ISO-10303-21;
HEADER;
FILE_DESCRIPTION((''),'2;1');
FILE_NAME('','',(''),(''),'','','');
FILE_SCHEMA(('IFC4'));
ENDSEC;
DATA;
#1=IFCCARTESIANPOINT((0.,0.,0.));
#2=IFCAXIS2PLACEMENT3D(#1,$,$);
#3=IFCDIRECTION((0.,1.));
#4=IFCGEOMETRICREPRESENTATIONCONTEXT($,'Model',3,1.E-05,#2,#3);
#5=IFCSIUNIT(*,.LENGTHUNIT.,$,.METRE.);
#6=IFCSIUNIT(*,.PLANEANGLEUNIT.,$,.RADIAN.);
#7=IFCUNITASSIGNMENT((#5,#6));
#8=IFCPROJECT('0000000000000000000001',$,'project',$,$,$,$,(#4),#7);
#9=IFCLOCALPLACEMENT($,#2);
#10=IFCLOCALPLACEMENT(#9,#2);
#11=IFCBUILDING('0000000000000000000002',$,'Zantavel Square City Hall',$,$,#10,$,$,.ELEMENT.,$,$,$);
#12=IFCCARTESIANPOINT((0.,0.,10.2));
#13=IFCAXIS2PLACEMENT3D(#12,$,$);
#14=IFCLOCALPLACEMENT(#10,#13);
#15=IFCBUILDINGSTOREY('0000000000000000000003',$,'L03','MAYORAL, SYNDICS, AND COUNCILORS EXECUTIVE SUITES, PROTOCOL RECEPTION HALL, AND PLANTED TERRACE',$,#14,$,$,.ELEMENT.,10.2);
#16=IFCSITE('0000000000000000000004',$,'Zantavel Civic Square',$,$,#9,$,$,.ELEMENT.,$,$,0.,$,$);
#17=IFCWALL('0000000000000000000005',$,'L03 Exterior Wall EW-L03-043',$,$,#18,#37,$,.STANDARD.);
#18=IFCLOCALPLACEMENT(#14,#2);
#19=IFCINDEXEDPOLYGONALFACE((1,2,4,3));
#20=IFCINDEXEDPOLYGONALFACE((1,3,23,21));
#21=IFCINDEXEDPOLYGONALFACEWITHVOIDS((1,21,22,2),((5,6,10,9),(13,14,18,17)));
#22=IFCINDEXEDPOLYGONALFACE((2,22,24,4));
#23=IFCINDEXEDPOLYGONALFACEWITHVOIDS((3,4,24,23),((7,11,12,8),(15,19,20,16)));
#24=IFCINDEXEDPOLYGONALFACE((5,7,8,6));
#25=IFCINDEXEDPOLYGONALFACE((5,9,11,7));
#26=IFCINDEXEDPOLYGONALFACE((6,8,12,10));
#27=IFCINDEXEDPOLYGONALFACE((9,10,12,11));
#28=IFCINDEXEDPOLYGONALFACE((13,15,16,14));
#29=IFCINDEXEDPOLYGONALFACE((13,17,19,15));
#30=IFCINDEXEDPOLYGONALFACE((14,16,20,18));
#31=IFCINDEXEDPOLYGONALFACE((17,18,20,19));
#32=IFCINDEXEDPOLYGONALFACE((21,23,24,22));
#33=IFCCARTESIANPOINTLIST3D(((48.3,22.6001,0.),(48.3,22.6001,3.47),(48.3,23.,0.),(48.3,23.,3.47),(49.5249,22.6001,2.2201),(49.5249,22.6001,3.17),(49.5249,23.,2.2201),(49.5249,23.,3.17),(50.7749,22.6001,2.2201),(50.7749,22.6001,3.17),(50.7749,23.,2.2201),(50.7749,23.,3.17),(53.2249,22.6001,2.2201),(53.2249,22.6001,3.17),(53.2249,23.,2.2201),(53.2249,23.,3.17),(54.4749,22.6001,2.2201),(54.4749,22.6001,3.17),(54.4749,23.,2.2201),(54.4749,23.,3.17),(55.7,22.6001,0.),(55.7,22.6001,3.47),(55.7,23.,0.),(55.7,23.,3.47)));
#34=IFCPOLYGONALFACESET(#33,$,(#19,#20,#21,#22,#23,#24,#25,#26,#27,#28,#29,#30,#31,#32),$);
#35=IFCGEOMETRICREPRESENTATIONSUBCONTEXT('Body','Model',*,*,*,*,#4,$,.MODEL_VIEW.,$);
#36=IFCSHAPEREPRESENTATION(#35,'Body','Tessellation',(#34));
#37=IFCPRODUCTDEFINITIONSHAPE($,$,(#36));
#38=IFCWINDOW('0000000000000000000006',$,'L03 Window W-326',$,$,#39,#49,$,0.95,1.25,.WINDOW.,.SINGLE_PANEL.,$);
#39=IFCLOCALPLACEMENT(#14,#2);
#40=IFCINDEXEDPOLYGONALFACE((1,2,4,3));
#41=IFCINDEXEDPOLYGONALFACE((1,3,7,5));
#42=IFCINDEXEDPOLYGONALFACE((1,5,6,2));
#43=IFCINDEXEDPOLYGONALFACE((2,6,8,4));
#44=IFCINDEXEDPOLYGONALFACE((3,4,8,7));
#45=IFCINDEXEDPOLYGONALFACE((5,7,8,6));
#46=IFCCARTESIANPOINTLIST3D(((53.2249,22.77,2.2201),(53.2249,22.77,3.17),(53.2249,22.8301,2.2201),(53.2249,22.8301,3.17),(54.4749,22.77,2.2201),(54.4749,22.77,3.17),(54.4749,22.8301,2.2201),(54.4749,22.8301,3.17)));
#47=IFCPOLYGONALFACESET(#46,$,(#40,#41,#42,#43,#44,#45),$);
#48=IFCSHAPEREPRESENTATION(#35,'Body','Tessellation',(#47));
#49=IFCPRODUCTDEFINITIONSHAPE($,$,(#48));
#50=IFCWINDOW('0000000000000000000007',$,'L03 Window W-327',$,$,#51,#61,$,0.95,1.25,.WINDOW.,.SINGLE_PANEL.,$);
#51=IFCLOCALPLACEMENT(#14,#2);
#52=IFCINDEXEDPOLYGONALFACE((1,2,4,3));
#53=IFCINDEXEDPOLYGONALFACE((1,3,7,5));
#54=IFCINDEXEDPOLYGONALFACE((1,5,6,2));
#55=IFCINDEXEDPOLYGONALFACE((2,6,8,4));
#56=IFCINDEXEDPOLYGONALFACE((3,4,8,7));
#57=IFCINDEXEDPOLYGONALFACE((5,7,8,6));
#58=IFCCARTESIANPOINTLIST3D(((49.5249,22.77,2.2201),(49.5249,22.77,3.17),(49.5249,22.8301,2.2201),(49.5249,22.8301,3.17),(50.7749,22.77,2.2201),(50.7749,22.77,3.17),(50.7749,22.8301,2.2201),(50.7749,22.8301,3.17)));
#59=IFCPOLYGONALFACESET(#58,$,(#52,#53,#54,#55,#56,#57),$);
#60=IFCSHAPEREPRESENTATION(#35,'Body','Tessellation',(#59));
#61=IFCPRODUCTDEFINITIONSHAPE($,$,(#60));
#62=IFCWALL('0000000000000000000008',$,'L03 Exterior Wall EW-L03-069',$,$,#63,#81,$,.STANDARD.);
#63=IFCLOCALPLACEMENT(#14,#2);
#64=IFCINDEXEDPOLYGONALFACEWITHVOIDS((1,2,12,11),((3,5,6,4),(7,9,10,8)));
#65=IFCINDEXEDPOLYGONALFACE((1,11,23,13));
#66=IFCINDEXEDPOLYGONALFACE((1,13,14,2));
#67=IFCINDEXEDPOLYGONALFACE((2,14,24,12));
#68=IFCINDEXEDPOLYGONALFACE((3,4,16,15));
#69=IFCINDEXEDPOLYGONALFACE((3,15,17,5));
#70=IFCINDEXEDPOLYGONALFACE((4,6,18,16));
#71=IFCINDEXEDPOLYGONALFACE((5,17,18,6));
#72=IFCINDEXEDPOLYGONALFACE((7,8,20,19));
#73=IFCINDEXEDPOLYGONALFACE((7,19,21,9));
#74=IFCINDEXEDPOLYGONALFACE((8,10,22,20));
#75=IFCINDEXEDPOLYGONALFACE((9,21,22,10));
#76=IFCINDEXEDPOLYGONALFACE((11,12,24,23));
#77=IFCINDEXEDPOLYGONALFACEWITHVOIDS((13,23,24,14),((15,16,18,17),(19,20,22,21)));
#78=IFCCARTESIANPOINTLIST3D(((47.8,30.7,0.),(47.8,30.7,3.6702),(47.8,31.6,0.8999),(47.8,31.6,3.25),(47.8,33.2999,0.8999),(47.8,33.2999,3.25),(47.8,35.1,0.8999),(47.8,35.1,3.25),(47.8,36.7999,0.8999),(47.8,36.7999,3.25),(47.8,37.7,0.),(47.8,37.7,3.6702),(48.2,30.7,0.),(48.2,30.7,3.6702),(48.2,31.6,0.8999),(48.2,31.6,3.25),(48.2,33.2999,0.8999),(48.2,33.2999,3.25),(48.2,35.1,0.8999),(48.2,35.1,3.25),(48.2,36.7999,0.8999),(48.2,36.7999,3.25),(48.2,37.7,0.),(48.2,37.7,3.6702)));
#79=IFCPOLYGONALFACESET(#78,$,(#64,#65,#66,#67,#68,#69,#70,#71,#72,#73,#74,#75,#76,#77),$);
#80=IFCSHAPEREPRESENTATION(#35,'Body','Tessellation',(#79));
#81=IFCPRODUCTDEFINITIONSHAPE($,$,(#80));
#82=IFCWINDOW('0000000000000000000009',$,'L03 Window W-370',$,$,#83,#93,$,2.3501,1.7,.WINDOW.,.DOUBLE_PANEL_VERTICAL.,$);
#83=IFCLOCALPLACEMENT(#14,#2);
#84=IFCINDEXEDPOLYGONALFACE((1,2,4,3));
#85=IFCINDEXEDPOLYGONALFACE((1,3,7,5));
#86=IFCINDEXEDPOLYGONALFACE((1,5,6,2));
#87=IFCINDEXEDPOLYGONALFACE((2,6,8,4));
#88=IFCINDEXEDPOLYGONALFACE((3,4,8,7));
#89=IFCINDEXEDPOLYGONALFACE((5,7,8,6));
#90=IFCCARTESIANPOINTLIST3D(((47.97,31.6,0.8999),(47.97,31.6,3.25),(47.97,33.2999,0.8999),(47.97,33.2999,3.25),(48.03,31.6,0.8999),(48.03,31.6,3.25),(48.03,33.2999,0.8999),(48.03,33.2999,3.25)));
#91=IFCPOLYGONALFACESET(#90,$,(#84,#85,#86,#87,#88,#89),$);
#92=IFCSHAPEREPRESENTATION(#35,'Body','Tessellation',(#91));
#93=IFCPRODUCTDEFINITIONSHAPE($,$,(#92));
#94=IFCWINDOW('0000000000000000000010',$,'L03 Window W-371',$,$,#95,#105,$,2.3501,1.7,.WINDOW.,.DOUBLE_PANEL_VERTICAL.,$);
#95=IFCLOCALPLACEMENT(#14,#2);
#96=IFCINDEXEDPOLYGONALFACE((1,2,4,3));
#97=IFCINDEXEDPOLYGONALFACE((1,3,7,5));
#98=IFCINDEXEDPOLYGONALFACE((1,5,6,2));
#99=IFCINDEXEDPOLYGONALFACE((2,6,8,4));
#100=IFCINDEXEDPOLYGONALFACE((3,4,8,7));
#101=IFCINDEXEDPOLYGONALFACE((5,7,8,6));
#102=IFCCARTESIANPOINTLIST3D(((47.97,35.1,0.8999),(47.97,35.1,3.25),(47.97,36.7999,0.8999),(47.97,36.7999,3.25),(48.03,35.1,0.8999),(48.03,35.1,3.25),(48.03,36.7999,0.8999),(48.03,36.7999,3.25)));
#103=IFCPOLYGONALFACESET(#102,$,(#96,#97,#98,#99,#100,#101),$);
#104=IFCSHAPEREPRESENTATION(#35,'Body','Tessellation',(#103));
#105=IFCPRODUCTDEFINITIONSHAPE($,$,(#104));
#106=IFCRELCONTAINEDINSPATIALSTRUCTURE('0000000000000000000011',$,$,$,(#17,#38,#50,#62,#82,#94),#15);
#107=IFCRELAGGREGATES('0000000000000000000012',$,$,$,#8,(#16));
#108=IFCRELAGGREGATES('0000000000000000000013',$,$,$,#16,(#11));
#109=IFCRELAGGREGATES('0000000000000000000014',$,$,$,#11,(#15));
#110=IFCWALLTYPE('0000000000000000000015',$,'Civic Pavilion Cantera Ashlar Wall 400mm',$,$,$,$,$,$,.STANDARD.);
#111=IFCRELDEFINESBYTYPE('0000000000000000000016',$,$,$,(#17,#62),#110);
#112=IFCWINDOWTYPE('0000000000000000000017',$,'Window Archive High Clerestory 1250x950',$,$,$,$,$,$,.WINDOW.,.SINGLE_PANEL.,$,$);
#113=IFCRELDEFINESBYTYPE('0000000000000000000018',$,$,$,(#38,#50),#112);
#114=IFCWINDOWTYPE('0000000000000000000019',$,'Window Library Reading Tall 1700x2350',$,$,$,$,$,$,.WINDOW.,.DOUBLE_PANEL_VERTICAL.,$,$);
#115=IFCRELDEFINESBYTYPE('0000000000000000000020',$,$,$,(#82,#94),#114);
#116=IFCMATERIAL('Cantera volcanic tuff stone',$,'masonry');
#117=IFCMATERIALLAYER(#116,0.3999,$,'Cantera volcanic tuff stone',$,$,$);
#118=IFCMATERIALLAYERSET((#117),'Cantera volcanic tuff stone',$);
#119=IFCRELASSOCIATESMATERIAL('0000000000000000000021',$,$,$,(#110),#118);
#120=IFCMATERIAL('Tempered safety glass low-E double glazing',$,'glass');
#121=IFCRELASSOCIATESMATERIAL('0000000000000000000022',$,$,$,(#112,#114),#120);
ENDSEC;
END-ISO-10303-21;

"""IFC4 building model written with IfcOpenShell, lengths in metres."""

from ifc_helpers import new_model, si_unit, direction, frame, frame_2d, origin, place, context, subcontext, project, spatial, rectangle, extrude, material, layer, layer_set, type_object, element, fill, save


model = new_model("IFC4")

# Units and contexts
model_context = context("Model", 3, precision=1e-05, world=origin(), true_north=direction((0.0, 1.0)))
body_context = subcontext(model_context, "Body", "Model", "MODEL_VIEW")
ifc_project = project(units=[si_unit("LENGTHUNIT", "METRE"), si_unit("PLANEANGLEUNIT", "RADIAN")], contexts=[model_context])

# Site, building, storey
site_placement = place(None, origin())
site = spatial("IfcSite", under=ifc_project, at=site_placement, Name="Zantavel Civic Square", CompositionType="ELEMENT", RefElevation=0.0)
building_placement = place(site_placement, origin())
building = spatial("IfcBuilding", under=site, at=building_placement, Name="Zantavel Square City Hall", CompositionType="ELEMENT")
storey_placement = place(building_placement, frame((0.0, 0.0, 10.2)))
storey = spatial("IfcBuildingStorey", under=building, at=storey_placement, Name="L03", Description="MAYORAL, SYNDICS, AND COUNCILORS EXECUTIVE SUITES, PROTOCOL RECEPTION HALL, AND PLANTED TERRACE", CompositionType="ELEMENT", Elevation=10.2)

# Walls, openings, windows
ifc_material_1 = material(Name="Cantera volcanic tuff stone", Category="masonry")
ifc_layer = layer(ifc_material_1, 0.3999, Name="Cantera volcanic tuff stone")
ifc_layer_set = layer_set([ifc_layer], Name="Cantera volcanic tuff stone")
wall_type = type_object("IfcWallType", Name="Civic Pavilion Cantera Ashlar Wall 400mm", PredefinedType="STANDARD", material=ifc_layer_set)
wall_1_placement = place(storey_placement, frame((55.7, 22.8, 0.0), z_axis=(0.0, 0.0, 1.0), x_axis=(-1.0, 0.0, 0.0)))
wall_1 = element("IfcWall", 1, at=wall_1_placement, inside=storey, type_object=wall_type, Name="L03 Exterior Wall EW-L03-043", PredefinedType="STANDARD", context=body_context, shape_type="SweptSolid", body=[
    extrude(rectangle(XDim=7.3999, YDim=0.3999, at=frame_2d((3.7, 0.0))), origin(), (0.0, 0.0, 1.0), 3.47),
])
opening_1_placement = place(wall_1_placement, frame((1.2251, 0.0, 2.22)))
opening_1 = element("IfcOpeningElement", 2, at=opening_1_placement, cuts=wall_1, PredefinedType="OPENING", context=body_context, shape_type="SweptSolid", body=[
    extrude(rectangle(XDim=1.25, YDim=0.95, at=frame_2d((0.625, 0.4751))), frame((0.0, 0.21, 0.0), z_axis=(0.0, -1.0, 0.0), x_axis=(1.0, 0.0, 0.0)), (0.0, 0.0, 1.0), 0.4199),
])
opening_2_placement = place(wall_1_placement, frame((4.925, 0.0, 2.22)))
opening_2 = element("IfcOpeningElement", 3, at=opening_2_placement, cuts=wall_1, PredefinedType="OPENING", context=body_context, shape_type="SweptSolid", body=[
    extrude(rectangle(XDim=1.25, YDim=0.95, at=frame_2d((0.625, 0.4751))), frame((0.0, 0.21, 0.0), z_axis=(0.0, -1.0, 0.0), x_axis=(1.0, 0.0, 0.0)), (0.0, 0.0, 1.0), 0.4199),
])
ifc_material_2 = material(Name="Tempered safety glass low-E double glazing", Category="glass")
window_type_1 = type_object("IfcWindowType", Name="Window Archive High Clerestory 1250x950", PartitioningType="SINGLE_PANEL", PredefinedType="WINDOW", material=ifc_material_2)
window_1_placement = place(opening_1_placement, origin())
window_1 = element("IfcWindow", 4, at=window_1_placement, inside=storey, type_object=window_type_1, Name="L03 Window W-326", OverallHeight=0.95, OverallWidth=1.25, PartitioningType="SINGLE_PANEL", PredefinedType="WINDOW", context=body_context, shape_type="SweptSolid", body=[
    extrude(rectangle(XDim=1.25, YDim=0.95, at=frame_2d((0.625, 0.4751))), frame((0.0, 0.03, 0.0), z_axis=(0.0, -1.0, 0.0), x_axis=(1.0, 0.0, 0.0)), (0.0, 0.0, 1.0), 0.0601),
])
fill(opening_1, window_1)
window_2_placement = place(opening_2_placement, origin())
window_2 = element("IfcWindow", 5, at=window_2_placement, inside=storey, type_object=window_type_1, Name="L03 Window W-327", OverallHeight=0.95, OverallWidth=1.25, PartitioningType="SINGLE_PANEL", PredefinedType="WINDOW", context=body_context, shape_type="SweptSolid", body=[
    extrude(rectangle(XDim=1.25, YDim=0.95, at=frame_2d((0.625, 0.4751))), frame((0.0, 0.03, 0.0), z_axis=(0.0, -1.0, 0.0), x_axis=(1.0, 0.0, 0.0)), (0.0, 0.0, 1.0), 0.0601),
])
fill(opening_2, window_2)
wall_2_placement = place(storey_placement, frame((48.0, 30.7, 0.0), z_axis=(0.0, 0.0, 1.0), x_axis=(0.0, 1.0, 0.0)))
wall_2 = element("IfcWall", 6, at=wall_2_placement, inside=storey, type_object=wall_type, Name="L03 Exterior Wall EW-L03-069", PredefinedType="STANDARD", context=body_context, shape_type="SweptSolid", body=[
    extrude(rectangle(XDim=7.0, YDim=0.3999, at=frame_2d((3.5, 0.0))), origin(), (0.0, 0.0, 1.0), 3.6702),
])
opening_3_placement = place(wall_2_placement, frame((0.8999, 0.0, 0.8999)))
opening_3 = element("IfcOpeningElement", 7, at=opening_3_placement, cuts=wall_2, PredefinedType="OPENING", context=body_context, shape_type="SweptSolid", body=[
    extrude(rectangle(XDim=1.7, YDim=2.3501, at=frame_2d((0.8501, 1.175))), frame((0.0, 0.21, 0.0), z_axis=(0.0, -1.0, 0.0), x_axis=(1.0, 0.0, 0.0)), (0.0, 0.0, 1.0), 0.4199),
])
opening_4_placement = place(wall_2_placement, frame((4.3999, 0.0, 0.8999)))
opening_4 = element("IfcOpeningElement", 8, at=opening_4_placement, cuts=wall_2, PredefinedType="OPENING", context=body_context, shape_type="SweptSolid", body=[
    extrude(rectangle(XDim=1.7, YDim=2.3501, at=frame_2d((0.8501, 1.175))), frame((0.0, 0.21, 0.0), z_axis=(0.0, -1.0, 0.0), x_axis=(1.0, 0.0, 0.0)), (0.0, 0.0, 1.0), 0.4199),
])
window_type_2 = type_object("IfcWindowType", Name="Window Library Reading Tall 1700x2350", PartitioningType="DOUBLE_PANEL_VERTICAL", PredefinedType="WINDOW", material=ifc_material_2)
window_3_placement = place(opening_3_placement, origin())
window_3 = element("IfcWindow", 9, at=window_3_placement, inside=storey, type_object=window_type_2, Name="L03 Window W-370", OverallHeight=2.3501, OverallWidth=1.7, PartitioningType="DOUBLE_PANEL_VERTICAL", PredefinedType="WINDOW", context=body_context, shape_type="SweptSolid", body=[
    extrude(rectangle(XDim=1.7, YDim=2.3501, at=frame_2d((0.8501, 1.175))), frame((0.0, 0.03, 0.0), z_axis=(0.0, -1.0, 0.0), x_axis=(1.0, 0.0, 0.0)), (0.0, 0.0, 1.0), 0.0601),
])
fill(opening_3, window_3)
window_4_placement = place(opening_4_placement, origin())
window_4 = element("IfcWindow", 10, at=window_4_placement, inside=storey, type_object=window_type_2, Name="L03 Window W-371", OverallHeight=2.3501, OverallWidth=1.7, PartitioningType="DOUBLE_PANEL_VERTICAL", PredefinedType="WINDOW", context=body_context, shape_type="SweptSolid", body=[
    extrude(rectangle(XDim=1.7, YDim=2.3501, at=frame_2d((0.8501, 1.175))), frame((0.0, 0.03, 0.0), z_axis=(0.0, -1.0, 0.0), x_axis=(1.0, 0.0, 0.0)), (0.0, 0.0, 1.0), 0.0601),
])
fill(opening_4, window_4)

save(model, "model.ifc")
